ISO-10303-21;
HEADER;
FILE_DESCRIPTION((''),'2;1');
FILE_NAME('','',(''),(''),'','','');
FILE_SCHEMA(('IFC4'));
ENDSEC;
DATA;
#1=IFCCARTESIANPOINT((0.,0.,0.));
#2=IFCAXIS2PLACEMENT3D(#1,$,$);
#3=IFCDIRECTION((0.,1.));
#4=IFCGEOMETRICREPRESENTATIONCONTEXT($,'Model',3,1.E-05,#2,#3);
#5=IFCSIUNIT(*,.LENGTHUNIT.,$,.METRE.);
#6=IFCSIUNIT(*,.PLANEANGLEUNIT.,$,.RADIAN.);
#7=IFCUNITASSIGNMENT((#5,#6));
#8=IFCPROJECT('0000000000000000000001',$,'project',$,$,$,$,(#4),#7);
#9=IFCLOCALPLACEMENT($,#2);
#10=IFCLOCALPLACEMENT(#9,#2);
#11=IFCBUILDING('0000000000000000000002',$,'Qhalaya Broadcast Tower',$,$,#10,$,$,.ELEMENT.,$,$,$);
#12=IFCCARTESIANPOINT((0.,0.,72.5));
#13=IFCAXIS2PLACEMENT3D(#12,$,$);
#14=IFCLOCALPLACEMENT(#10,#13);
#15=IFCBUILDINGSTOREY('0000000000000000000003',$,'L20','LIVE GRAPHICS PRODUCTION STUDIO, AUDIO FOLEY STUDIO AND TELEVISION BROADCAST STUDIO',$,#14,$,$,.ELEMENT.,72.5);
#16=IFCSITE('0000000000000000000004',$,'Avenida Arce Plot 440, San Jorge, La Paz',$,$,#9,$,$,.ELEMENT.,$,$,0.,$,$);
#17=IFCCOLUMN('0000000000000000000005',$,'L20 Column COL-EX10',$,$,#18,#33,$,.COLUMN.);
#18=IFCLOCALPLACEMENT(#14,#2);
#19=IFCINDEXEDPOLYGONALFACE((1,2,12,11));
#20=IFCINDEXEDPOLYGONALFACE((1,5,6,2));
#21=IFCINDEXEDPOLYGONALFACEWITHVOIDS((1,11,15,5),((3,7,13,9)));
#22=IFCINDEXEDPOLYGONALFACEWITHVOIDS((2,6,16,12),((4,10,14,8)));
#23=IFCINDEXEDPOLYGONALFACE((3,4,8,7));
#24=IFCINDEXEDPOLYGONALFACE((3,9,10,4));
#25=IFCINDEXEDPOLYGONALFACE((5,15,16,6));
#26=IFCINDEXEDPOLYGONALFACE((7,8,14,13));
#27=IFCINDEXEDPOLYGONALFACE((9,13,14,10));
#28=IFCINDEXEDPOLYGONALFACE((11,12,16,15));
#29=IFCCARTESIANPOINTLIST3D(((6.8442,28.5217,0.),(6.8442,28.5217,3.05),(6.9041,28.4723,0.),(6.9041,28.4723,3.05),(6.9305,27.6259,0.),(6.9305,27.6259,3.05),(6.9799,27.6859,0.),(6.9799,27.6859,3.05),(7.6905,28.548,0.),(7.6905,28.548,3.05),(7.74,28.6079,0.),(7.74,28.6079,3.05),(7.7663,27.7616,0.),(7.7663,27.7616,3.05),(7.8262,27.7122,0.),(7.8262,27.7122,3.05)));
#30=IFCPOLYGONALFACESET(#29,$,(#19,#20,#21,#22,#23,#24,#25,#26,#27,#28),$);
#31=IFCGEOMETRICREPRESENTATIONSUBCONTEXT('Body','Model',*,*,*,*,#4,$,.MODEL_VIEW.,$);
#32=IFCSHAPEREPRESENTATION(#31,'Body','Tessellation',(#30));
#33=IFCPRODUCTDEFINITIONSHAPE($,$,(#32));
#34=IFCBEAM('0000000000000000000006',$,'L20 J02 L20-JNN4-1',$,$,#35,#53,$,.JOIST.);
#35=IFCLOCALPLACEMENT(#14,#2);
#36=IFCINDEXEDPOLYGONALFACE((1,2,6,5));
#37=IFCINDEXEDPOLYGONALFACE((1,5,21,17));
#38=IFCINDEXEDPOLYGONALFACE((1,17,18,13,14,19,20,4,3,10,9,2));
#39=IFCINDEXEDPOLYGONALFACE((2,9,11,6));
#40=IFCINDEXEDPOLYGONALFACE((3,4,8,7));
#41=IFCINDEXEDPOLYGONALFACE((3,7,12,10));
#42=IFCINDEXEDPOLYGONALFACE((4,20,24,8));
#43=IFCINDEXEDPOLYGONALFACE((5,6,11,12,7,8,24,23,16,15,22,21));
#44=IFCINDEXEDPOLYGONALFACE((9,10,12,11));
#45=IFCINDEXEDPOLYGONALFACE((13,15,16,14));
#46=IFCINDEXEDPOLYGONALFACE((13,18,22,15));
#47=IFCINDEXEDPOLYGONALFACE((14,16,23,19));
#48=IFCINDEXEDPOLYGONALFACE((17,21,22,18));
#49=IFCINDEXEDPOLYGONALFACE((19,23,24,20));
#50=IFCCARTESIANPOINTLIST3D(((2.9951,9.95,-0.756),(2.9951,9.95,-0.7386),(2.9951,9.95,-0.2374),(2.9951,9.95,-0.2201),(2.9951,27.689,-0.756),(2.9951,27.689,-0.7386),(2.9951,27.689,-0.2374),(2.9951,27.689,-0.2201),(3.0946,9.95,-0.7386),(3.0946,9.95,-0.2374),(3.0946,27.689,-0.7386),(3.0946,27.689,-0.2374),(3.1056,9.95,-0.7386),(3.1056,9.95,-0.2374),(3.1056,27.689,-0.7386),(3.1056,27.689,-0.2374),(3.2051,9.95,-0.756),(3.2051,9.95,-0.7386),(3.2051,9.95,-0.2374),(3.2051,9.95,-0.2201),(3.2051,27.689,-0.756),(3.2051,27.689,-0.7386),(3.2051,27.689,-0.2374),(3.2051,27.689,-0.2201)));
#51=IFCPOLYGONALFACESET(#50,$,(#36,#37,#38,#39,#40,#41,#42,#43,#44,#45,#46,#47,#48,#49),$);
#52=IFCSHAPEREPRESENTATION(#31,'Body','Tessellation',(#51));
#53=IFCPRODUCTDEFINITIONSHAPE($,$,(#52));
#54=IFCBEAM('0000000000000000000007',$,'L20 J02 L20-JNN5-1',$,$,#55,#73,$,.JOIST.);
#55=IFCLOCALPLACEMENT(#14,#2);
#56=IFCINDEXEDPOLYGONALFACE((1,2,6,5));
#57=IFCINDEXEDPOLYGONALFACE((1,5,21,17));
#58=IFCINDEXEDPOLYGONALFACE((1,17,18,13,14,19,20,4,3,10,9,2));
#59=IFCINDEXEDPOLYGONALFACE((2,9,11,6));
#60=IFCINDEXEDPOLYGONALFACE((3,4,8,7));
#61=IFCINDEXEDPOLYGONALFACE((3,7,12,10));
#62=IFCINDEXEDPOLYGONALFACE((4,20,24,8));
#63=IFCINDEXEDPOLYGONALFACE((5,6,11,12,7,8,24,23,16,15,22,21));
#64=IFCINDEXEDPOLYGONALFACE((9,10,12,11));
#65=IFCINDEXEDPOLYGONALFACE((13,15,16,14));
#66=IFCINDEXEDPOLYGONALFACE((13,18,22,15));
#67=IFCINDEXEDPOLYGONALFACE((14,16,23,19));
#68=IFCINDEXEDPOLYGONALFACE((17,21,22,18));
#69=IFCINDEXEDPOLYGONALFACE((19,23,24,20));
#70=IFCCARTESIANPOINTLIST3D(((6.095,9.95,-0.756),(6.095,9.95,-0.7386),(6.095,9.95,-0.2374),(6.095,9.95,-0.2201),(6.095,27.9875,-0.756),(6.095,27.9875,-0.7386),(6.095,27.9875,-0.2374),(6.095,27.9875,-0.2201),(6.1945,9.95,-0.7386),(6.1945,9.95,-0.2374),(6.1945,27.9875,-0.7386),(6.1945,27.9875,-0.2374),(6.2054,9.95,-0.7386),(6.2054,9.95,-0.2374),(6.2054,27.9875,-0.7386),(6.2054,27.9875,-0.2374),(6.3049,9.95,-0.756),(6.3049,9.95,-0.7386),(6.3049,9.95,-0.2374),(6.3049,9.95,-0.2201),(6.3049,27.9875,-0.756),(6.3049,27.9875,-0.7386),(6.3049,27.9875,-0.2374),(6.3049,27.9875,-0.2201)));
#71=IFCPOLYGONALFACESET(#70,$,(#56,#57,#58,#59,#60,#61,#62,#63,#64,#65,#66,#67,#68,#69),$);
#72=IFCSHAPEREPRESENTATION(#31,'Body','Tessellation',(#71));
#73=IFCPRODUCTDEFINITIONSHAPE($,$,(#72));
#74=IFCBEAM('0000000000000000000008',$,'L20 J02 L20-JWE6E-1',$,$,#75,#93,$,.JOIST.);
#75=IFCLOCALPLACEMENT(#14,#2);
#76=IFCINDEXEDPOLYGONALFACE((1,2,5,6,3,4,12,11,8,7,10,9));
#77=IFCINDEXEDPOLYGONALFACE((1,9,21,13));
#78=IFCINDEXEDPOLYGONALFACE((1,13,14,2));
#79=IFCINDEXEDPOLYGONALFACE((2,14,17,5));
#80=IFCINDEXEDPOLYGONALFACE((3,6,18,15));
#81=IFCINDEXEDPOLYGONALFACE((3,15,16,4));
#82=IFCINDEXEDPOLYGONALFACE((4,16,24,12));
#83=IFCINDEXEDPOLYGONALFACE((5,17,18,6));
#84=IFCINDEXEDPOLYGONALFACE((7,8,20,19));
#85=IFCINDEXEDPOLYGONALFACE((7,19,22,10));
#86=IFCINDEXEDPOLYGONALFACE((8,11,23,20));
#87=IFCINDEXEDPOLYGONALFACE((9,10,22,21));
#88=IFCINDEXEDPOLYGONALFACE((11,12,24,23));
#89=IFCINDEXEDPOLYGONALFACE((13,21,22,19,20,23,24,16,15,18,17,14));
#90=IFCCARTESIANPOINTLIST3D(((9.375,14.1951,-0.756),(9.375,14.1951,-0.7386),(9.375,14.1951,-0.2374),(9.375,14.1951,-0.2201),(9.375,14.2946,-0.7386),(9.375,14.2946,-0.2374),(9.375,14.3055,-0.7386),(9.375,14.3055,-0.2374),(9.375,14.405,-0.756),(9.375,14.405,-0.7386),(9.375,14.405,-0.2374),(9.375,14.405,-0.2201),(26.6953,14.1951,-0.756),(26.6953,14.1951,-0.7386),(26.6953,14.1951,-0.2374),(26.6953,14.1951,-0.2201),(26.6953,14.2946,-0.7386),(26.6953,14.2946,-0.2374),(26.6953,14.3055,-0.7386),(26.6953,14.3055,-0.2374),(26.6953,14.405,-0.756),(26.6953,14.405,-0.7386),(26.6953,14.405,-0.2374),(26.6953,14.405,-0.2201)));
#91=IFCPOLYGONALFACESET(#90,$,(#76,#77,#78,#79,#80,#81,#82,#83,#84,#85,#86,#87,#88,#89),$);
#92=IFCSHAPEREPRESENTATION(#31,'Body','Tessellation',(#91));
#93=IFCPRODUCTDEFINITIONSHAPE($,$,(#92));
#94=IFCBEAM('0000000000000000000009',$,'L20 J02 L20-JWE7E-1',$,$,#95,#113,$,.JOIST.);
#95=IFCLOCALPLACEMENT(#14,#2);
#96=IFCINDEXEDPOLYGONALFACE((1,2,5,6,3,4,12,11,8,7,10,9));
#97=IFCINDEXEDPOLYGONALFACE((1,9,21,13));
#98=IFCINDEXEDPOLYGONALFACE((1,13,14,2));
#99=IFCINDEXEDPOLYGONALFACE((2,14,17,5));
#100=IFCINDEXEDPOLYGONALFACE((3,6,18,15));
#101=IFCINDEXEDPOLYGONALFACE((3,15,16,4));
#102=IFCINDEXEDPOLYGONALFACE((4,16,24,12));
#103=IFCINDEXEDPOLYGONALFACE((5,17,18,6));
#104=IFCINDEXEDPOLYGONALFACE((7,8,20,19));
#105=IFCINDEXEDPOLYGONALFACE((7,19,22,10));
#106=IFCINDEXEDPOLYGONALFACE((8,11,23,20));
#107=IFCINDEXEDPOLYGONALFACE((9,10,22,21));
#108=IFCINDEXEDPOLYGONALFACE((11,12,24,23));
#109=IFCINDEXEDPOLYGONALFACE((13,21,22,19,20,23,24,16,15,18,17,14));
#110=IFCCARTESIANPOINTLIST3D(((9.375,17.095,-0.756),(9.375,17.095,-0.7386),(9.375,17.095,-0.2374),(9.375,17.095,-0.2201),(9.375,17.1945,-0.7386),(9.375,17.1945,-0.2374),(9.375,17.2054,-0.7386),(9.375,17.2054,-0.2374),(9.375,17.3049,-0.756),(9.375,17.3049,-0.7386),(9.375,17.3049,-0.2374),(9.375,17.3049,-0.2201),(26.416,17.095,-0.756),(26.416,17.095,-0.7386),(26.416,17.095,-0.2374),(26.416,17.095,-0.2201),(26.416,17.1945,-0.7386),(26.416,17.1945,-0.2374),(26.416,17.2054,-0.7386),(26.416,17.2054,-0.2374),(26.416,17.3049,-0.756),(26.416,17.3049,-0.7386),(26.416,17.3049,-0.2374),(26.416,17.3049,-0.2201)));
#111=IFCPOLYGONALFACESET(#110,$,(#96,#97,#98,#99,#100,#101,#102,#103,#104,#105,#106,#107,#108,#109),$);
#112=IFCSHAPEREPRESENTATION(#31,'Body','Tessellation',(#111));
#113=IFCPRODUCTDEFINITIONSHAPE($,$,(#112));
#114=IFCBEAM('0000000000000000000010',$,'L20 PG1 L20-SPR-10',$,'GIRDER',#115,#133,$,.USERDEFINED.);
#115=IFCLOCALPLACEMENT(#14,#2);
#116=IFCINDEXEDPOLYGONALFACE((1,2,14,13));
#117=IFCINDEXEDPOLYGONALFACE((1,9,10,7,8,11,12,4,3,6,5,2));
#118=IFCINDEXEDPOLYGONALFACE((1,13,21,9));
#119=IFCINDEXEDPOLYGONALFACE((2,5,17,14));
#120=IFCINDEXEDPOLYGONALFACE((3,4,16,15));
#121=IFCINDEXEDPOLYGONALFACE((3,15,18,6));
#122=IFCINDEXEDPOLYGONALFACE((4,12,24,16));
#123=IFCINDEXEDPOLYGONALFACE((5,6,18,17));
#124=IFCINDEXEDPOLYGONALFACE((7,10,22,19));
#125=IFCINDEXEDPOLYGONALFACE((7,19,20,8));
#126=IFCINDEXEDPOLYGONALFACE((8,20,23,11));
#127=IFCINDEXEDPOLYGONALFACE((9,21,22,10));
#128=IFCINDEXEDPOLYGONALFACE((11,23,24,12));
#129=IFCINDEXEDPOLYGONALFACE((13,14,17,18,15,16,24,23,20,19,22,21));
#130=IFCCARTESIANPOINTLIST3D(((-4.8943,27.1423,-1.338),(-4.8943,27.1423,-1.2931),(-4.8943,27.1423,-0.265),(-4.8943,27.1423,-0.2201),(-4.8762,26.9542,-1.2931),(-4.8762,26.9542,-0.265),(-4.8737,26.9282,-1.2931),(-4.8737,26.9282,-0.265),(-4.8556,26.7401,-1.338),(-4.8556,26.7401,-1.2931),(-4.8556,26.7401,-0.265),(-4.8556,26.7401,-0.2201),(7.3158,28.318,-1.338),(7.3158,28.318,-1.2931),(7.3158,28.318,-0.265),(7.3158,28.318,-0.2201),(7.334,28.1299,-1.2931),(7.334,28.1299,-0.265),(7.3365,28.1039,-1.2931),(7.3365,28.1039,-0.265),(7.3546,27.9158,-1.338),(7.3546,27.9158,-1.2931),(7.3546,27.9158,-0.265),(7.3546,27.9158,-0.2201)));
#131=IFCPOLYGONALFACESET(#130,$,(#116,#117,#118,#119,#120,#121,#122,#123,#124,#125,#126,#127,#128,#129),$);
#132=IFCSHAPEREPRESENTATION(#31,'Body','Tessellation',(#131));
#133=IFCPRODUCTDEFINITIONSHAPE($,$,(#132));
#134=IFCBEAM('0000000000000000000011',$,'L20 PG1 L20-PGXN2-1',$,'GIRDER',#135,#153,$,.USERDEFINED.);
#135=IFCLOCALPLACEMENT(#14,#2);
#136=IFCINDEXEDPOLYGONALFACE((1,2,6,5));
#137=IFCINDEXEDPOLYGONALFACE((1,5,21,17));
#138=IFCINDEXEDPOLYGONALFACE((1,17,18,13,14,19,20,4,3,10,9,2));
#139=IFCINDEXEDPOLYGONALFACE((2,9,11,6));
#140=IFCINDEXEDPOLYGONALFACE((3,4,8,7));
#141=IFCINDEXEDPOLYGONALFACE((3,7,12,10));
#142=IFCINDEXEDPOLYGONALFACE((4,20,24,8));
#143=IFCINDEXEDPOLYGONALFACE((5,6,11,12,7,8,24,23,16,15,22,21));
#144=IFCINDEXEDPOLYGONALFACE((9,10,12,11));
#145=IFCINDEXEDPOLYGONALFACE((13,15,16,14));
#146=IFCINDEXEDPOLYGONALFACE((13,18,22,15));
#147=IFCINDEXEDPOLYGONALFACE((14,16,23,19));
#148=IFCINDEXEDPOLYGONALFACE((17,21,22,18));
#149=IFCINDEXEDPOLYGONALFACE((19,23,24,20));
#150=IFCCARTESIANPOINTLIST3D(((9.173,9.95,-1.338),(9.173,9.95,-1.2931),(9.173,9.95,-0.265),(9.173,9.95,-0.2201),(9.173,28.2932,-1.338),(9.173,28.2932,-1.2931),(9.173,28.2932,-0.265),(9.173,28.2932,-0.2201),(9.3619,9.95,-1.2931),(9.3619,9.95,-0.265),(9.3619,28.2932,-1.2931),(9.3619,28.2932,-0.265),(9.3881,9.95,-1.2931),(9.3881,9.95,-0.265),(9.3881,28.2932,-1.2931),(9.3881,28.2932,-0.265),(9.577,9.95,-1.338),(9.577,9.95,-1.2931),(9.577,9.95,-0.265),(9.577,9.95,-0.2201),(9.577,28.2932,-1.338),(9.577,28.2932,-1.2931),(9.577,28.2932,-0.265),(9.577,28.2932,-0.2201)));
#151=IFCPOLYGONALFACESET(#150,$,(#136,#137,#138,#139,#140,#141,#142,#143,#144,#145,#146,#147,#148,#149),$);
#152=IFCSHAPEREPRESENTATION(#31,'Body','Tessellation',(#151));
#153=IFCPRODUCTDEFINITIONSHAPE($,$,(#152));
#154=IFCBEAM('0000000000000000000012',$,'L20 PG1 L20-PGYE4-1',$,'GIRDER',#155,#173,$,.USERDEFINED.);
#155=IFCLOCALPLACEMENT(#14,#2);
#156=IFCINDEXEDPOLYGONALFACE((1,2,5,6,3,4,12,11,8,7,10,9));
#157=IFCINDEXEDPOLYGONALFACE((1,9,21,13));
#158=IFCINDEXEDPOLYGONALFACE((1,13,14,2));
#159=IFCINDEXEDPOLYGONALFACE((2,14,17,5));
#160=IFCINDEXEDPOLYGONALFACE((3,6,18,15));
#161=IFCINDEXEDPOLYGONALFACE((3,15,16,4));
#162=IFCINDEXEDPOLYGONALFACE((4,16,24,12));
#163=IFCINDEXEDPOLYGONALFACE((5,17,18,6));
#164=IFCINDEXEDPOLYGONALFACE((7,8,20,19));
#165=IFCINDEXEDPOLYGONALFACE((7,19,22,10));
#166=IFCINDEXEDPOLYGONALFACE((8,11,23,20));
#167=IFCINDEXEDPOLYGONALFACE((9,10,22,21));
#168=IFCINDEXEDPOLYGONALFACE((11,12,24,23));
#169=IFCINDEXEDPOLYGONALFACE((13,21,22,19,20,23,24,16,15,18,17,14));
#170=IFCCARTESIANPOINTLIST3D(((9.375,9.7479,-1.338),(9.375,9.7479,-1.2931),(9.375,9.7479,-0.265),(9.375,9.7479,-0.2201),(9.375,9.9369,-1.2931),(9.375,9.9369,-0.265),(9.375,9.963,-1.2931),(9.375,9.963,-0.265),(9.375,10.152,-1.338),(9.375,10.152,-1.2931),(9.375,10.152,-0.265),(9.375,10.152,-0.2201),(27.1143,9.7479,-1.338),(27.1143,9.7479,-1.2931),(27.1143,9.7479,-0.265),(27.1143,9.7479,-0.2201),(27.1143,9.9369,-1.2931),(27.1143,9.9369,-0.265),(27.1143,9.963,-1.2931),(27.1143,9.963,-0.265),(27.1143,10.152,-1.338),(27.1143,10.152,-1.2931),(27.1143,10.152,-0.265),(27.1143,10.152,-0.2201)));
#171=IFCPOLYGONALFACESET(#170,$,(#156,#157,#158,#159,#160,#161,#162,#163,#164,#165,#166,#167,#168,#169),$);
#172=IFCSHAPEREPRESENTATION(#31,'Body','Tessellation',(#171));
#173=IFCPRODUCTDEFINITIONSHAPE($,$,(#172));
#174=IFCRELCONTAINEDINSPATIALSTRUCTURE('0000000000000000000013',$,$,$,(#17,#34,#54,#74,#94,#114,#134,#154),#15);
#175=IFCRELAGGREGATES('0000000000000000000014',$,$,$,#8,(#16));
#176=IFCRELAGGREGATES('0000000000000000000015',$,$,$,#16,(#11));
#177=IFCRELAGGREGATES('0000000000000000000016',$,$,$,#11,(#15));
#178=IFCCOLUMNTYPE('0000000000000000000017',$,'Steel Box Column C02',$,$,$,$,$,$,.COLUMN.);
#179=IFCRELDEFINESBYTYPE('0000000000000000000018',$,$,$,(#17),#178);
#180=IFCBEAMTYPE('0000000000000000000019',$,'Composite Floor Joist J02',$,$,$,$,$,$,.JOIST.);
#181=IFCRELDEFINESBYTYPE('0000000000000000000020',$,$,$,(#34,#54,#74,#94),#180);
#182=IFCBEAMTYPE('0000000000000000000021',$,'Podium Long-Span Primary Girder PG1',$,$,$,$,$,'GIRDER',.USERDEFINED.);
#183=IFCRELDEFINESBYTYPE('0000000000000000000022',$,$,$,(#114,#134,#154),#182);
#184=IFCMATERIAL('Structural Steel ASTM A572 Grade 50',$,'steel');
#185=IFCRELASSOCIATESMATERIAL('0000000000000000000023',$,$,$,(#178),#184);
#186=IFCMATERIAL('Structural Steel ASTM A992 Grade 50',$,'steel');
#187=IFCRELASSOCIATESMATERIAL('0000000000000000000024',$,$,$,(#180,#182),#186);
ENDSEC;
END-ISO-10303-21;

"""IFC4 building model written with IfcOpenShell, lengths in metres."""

from ifc_helpers import new_model, si_unit, direction, frame, origin, origin_2d, place, context, subcontext, project, spatial, hollow_rectangle, i_section, extrude, material, material_profile, profile_set, type_object, element, save


model = new_model("IFC4")

# Units and contexts
model_context = context("Model", 3, precision=1e-05, world=origin(), true_north=direction((0.0, 1.0)))
body_context = subcontext(model_context, "Body", "Model", "MODEL_VIEW")
ifc_project = project(units=[si_unit("LENGTHUNIT", "METRE"), si_unit("PLANEANGLEUNIT", "RADIAN")], contexts=[model_context])

# Site, building, storey
site_placement = place(None, origin())
site = spatial("IfcSite", under=ifc_project, at=site_placement, Name="Avenida Arce Plot 440, San Jorge, La Paz", CompositionType="ELEMENT", RefElevation=0.0)
building_placement = place(site_placement, origin())
building = spatial("IfcBuilding", under=site, at=building_placement, Name="Qhalaya Broadcast Tower", CompositionType="ELEMENT")
storey_placement = place(building_placement, frame((0.0, 0.0, 72.5)))
storey = spatial("IfcBuildingStorey", under=building, at=storey_placement, Name="L20", Description="LIVE GRAPHICS PRODUCTION STUDIO, AUDIO FOLEY STUDIO AND TELEVISION BROADCAST STUDIO", CompositionType="ELEMENT", Elevation=72.5)

# Column
ifc_material_1 = material(Name="Structural Steel ASTM A572 Grade 50", Category="steel")
ifc_material_profile_1 = material_profile(ifc_material_1, hollow_rectangle(XDim=0.8999, YDim=0.8999, WallThickness=0.0549, at=origin_2d()), Name="BOX 900x900x55")
ifc_profile_set_1 = profile_set([ifc_material_profile_1], Name="Structural Steel ASTM A572 Grade 50")
column_type = type_object("IfcColumnType", Name="Steel Box Column C02", PredefinedType="COLUMN", material=ifc_profile_set_1)
column_placement = place(storey_placement, frame((7.3352, 28.1169, 0.0), z_axis=(0.0, 0.0, 1.0), x_axis=(0.995396, 0.095846, 0.0)))
element("IfcColumn", 1, at=column_placement, inside=storey, type_object=column_type, Name="L20 Column COL-EX10", PredefinedType="COLUMN", context=body_context, shape_type="SweptSolid", body=[
    extrude(hollow_rectangle(XDim=0.8999, YDim=0.8999, WallThickness=0.0549, at=origin_2d()), origin(), (0.0, 0.0, 1.0), 3.05),
])

# Beams
ifc_material_2 = material(Name="Structural Steel ASTM A992 Grade 50", Category="steel")
ifc_material_profile_2 = material_profile(ifc_material_2, i_section(OverallWidth=0.21, OverallDepth=0.5359, WebThickness=0.011, FlangeThickness=0.0173, at=origin_2d()), Name="W21X68")
ifc_profile_set_2 = profile_set([ifc_material_profile_2], Name="Structural Steel ASTM A992 Grade 50")
beam_type_1 = type_object("IfcBeamType", Name="Composite Floor Joist J02", PredefinedType="JOIST", material=ifc_profile_set_2)
beam_1_placement = place(storey_placement, frame((3.1001, 9.95, -0.488), z_axis=(0.0, 1.0, 0.0), x_axis=(-1.0, 0.0, 0.0)))
element("IfcBeam", 2, at=beam_1_placement, inside=storey, type_object=beam_type_1, Name="L20 J02 L20-JNN4-1", PredefinedType="JOIST", context=body_context, shape_type="SweptSolid", body=[
    extrude(i_section(OverallWidth=0.21, OverallDepth=0.5359, WebThickness=0.011, FlangeThickness=0.0173, at=origin_2d()), origin(), (0.0, 0.0, 1.0), 17.739),
])
beam_2_placement = place(storey_placement, frame((6.2, 9.95, -0.488), z_axis=(0.0, 1.0, 0.0), x_axis=(-1.0, 0.0, 0.0)))
element("IfcBeam", 3, at=beam_2_placement, inside=storey, type_object=beam_type_1, Name="L20 J02 L20-JNN5-1", PredefinedType="JOIST", context=body_context, shape_type="SweptSolid", body=[
    extrude(i_section(OverallWidth=0.21, OverallDepth=0.5359, WebThickness=0.011, FlangeThickness=0.0173, at=origin_2d()), origin(), (0.0, 0.0, 1.0), 18.0376),
])
beam_3_placement = place(storey_placement, frame((9.375, 14.3, -0.488), z_axis=(1.0, 0.0, 0.0), x_axis=(0.0, 1.0, 0.0)))
element("IfcBeam", 4, at=beam_3_placement, inside=storey, type_object=beam_type_1, Name="L20 J02 L20-JWE6E-1", PredefinedType="JOIST", context=body_context, shape_type="SweptSolid", body=[
    extrude(i_section(OverallWidth=0.21, OverallDepth=0.5359, WebThickness=0.011, FlangeThickness=0.0173, at=origin_2d()), origin(), (0.0, 0.0, 1.0), 17.3203),
])
beam_4_placement = place(storey_placement, frame((9.375, 17.2, -0.488), z_axis=(1.0, 0.0, 0.0), x_axis=(0.0, 1.0, 0.0)))
element("IfcBeam", 5, at=beam_4_placement, inside=storey, type_object=beam_type_1, Name="L20 J02 L20-JWE7E-1", PredefinedType="JOIST", context=body_context, shape_type="SweptSolid", body=[
    extrude(i_section(OverallWidth=0.21, OverallDepth=0.5359, WebThickness=0.011, FlangeThickness=0.0173, at=origin_2d()), origin(), (0.0, 0.0, 1.0), 17.041),
])
ifc_material_profile_3 = material_profile(ifc_material_2, i_section(OverallWidth=0.4041, OverallDepth=1.1179, WebThickness=0.0261, FlangeThickness=0.0449, at=origin_2d()), Name="W44X335")
ifc_profile_set_3 = profile_set([ifc_material_profile_3], Name="Structural Steel ASTM A992 Grade 50")
beam_type_2 = type_object("IfcBeamType", Name="Podium Long-Span Primary Girder PG1", ElementType="GIRDER", PredefinedType="USERDEFINED", material=ifc_profile_set_3)
beam_5_placement = place(storey_placement, frame((7.3352, 28.1169, -0.7791), z_axis=(-0.995396, -0.095852, 0.0), x_axis=(0.095852, -0.995396, 0.0)))
element("IfcBeam", 6, at=beam_5_placement, inside=storey, type_object=beam_type_2, Name="L20 PG1 L20-SPR-10", ObjectType="GIRDER", PredefinedType="USERDEFINED", context=body_context, shape_type="SweptSolid", body=[
    extrude(i_section(OverallWidth=0.4041, OverallDepth=1.1179, WebThickness=0.0261, FlangeThickness=0.0449, at=origin_2d()), origin(), (0.0, 0.0, 1.0), 12.2666),
])
beam_6_placement = place(storey_placement, frame((9.375, 9.95, -0.7791), z_axis=(0.0, 1.0, 0.0), x_axis=(-1.0, 0.0, 0.0)))
element("IfcBeam", 7, at=beam_6_placement, inside=storey, type_object=beam_type_2, Name="L20 PG1 L20-PGXN2-1", ObjectType="GIRDER", PredefinedType="USERDEFINED", context=body_context, shape_type="SweptSolid", body=[
    extrude(i_section(OverallWidth=0.4041, OverallDepth=1.1179, WebThickness=0.0261, FlangeThickness=0.0449, at=origin_2d()), origin(), (0.0, 0.0, 1.0), 18.3433),
])
beam_7_placement = place(storey_placement, frame((9.375, 9.95, -0.7791), z_axis=(1.0, 0.0, 0.0), x_axis=(0.0, 1.0, 0.0)))
element("IfcBeam", 8, at=beam_7_placement, inside=storey, type_object=beam_type_2, Name="L20 PG1 L20-PGYE4-1", ObjectType="GIRDER", PredefinedType="USERDEFINED", context=body_context, shape_type="SweptSolid", body=[
    extrude(i_section(OverallWidth=0.4041, OverallDepth=1.1179, WebThickness=0.0261, FlangeThickness=0.0449, at=origin_2d()), origin(), (0.0, 0.0, 1.0), 17.7393),
])

save(model, "model.ifc")
